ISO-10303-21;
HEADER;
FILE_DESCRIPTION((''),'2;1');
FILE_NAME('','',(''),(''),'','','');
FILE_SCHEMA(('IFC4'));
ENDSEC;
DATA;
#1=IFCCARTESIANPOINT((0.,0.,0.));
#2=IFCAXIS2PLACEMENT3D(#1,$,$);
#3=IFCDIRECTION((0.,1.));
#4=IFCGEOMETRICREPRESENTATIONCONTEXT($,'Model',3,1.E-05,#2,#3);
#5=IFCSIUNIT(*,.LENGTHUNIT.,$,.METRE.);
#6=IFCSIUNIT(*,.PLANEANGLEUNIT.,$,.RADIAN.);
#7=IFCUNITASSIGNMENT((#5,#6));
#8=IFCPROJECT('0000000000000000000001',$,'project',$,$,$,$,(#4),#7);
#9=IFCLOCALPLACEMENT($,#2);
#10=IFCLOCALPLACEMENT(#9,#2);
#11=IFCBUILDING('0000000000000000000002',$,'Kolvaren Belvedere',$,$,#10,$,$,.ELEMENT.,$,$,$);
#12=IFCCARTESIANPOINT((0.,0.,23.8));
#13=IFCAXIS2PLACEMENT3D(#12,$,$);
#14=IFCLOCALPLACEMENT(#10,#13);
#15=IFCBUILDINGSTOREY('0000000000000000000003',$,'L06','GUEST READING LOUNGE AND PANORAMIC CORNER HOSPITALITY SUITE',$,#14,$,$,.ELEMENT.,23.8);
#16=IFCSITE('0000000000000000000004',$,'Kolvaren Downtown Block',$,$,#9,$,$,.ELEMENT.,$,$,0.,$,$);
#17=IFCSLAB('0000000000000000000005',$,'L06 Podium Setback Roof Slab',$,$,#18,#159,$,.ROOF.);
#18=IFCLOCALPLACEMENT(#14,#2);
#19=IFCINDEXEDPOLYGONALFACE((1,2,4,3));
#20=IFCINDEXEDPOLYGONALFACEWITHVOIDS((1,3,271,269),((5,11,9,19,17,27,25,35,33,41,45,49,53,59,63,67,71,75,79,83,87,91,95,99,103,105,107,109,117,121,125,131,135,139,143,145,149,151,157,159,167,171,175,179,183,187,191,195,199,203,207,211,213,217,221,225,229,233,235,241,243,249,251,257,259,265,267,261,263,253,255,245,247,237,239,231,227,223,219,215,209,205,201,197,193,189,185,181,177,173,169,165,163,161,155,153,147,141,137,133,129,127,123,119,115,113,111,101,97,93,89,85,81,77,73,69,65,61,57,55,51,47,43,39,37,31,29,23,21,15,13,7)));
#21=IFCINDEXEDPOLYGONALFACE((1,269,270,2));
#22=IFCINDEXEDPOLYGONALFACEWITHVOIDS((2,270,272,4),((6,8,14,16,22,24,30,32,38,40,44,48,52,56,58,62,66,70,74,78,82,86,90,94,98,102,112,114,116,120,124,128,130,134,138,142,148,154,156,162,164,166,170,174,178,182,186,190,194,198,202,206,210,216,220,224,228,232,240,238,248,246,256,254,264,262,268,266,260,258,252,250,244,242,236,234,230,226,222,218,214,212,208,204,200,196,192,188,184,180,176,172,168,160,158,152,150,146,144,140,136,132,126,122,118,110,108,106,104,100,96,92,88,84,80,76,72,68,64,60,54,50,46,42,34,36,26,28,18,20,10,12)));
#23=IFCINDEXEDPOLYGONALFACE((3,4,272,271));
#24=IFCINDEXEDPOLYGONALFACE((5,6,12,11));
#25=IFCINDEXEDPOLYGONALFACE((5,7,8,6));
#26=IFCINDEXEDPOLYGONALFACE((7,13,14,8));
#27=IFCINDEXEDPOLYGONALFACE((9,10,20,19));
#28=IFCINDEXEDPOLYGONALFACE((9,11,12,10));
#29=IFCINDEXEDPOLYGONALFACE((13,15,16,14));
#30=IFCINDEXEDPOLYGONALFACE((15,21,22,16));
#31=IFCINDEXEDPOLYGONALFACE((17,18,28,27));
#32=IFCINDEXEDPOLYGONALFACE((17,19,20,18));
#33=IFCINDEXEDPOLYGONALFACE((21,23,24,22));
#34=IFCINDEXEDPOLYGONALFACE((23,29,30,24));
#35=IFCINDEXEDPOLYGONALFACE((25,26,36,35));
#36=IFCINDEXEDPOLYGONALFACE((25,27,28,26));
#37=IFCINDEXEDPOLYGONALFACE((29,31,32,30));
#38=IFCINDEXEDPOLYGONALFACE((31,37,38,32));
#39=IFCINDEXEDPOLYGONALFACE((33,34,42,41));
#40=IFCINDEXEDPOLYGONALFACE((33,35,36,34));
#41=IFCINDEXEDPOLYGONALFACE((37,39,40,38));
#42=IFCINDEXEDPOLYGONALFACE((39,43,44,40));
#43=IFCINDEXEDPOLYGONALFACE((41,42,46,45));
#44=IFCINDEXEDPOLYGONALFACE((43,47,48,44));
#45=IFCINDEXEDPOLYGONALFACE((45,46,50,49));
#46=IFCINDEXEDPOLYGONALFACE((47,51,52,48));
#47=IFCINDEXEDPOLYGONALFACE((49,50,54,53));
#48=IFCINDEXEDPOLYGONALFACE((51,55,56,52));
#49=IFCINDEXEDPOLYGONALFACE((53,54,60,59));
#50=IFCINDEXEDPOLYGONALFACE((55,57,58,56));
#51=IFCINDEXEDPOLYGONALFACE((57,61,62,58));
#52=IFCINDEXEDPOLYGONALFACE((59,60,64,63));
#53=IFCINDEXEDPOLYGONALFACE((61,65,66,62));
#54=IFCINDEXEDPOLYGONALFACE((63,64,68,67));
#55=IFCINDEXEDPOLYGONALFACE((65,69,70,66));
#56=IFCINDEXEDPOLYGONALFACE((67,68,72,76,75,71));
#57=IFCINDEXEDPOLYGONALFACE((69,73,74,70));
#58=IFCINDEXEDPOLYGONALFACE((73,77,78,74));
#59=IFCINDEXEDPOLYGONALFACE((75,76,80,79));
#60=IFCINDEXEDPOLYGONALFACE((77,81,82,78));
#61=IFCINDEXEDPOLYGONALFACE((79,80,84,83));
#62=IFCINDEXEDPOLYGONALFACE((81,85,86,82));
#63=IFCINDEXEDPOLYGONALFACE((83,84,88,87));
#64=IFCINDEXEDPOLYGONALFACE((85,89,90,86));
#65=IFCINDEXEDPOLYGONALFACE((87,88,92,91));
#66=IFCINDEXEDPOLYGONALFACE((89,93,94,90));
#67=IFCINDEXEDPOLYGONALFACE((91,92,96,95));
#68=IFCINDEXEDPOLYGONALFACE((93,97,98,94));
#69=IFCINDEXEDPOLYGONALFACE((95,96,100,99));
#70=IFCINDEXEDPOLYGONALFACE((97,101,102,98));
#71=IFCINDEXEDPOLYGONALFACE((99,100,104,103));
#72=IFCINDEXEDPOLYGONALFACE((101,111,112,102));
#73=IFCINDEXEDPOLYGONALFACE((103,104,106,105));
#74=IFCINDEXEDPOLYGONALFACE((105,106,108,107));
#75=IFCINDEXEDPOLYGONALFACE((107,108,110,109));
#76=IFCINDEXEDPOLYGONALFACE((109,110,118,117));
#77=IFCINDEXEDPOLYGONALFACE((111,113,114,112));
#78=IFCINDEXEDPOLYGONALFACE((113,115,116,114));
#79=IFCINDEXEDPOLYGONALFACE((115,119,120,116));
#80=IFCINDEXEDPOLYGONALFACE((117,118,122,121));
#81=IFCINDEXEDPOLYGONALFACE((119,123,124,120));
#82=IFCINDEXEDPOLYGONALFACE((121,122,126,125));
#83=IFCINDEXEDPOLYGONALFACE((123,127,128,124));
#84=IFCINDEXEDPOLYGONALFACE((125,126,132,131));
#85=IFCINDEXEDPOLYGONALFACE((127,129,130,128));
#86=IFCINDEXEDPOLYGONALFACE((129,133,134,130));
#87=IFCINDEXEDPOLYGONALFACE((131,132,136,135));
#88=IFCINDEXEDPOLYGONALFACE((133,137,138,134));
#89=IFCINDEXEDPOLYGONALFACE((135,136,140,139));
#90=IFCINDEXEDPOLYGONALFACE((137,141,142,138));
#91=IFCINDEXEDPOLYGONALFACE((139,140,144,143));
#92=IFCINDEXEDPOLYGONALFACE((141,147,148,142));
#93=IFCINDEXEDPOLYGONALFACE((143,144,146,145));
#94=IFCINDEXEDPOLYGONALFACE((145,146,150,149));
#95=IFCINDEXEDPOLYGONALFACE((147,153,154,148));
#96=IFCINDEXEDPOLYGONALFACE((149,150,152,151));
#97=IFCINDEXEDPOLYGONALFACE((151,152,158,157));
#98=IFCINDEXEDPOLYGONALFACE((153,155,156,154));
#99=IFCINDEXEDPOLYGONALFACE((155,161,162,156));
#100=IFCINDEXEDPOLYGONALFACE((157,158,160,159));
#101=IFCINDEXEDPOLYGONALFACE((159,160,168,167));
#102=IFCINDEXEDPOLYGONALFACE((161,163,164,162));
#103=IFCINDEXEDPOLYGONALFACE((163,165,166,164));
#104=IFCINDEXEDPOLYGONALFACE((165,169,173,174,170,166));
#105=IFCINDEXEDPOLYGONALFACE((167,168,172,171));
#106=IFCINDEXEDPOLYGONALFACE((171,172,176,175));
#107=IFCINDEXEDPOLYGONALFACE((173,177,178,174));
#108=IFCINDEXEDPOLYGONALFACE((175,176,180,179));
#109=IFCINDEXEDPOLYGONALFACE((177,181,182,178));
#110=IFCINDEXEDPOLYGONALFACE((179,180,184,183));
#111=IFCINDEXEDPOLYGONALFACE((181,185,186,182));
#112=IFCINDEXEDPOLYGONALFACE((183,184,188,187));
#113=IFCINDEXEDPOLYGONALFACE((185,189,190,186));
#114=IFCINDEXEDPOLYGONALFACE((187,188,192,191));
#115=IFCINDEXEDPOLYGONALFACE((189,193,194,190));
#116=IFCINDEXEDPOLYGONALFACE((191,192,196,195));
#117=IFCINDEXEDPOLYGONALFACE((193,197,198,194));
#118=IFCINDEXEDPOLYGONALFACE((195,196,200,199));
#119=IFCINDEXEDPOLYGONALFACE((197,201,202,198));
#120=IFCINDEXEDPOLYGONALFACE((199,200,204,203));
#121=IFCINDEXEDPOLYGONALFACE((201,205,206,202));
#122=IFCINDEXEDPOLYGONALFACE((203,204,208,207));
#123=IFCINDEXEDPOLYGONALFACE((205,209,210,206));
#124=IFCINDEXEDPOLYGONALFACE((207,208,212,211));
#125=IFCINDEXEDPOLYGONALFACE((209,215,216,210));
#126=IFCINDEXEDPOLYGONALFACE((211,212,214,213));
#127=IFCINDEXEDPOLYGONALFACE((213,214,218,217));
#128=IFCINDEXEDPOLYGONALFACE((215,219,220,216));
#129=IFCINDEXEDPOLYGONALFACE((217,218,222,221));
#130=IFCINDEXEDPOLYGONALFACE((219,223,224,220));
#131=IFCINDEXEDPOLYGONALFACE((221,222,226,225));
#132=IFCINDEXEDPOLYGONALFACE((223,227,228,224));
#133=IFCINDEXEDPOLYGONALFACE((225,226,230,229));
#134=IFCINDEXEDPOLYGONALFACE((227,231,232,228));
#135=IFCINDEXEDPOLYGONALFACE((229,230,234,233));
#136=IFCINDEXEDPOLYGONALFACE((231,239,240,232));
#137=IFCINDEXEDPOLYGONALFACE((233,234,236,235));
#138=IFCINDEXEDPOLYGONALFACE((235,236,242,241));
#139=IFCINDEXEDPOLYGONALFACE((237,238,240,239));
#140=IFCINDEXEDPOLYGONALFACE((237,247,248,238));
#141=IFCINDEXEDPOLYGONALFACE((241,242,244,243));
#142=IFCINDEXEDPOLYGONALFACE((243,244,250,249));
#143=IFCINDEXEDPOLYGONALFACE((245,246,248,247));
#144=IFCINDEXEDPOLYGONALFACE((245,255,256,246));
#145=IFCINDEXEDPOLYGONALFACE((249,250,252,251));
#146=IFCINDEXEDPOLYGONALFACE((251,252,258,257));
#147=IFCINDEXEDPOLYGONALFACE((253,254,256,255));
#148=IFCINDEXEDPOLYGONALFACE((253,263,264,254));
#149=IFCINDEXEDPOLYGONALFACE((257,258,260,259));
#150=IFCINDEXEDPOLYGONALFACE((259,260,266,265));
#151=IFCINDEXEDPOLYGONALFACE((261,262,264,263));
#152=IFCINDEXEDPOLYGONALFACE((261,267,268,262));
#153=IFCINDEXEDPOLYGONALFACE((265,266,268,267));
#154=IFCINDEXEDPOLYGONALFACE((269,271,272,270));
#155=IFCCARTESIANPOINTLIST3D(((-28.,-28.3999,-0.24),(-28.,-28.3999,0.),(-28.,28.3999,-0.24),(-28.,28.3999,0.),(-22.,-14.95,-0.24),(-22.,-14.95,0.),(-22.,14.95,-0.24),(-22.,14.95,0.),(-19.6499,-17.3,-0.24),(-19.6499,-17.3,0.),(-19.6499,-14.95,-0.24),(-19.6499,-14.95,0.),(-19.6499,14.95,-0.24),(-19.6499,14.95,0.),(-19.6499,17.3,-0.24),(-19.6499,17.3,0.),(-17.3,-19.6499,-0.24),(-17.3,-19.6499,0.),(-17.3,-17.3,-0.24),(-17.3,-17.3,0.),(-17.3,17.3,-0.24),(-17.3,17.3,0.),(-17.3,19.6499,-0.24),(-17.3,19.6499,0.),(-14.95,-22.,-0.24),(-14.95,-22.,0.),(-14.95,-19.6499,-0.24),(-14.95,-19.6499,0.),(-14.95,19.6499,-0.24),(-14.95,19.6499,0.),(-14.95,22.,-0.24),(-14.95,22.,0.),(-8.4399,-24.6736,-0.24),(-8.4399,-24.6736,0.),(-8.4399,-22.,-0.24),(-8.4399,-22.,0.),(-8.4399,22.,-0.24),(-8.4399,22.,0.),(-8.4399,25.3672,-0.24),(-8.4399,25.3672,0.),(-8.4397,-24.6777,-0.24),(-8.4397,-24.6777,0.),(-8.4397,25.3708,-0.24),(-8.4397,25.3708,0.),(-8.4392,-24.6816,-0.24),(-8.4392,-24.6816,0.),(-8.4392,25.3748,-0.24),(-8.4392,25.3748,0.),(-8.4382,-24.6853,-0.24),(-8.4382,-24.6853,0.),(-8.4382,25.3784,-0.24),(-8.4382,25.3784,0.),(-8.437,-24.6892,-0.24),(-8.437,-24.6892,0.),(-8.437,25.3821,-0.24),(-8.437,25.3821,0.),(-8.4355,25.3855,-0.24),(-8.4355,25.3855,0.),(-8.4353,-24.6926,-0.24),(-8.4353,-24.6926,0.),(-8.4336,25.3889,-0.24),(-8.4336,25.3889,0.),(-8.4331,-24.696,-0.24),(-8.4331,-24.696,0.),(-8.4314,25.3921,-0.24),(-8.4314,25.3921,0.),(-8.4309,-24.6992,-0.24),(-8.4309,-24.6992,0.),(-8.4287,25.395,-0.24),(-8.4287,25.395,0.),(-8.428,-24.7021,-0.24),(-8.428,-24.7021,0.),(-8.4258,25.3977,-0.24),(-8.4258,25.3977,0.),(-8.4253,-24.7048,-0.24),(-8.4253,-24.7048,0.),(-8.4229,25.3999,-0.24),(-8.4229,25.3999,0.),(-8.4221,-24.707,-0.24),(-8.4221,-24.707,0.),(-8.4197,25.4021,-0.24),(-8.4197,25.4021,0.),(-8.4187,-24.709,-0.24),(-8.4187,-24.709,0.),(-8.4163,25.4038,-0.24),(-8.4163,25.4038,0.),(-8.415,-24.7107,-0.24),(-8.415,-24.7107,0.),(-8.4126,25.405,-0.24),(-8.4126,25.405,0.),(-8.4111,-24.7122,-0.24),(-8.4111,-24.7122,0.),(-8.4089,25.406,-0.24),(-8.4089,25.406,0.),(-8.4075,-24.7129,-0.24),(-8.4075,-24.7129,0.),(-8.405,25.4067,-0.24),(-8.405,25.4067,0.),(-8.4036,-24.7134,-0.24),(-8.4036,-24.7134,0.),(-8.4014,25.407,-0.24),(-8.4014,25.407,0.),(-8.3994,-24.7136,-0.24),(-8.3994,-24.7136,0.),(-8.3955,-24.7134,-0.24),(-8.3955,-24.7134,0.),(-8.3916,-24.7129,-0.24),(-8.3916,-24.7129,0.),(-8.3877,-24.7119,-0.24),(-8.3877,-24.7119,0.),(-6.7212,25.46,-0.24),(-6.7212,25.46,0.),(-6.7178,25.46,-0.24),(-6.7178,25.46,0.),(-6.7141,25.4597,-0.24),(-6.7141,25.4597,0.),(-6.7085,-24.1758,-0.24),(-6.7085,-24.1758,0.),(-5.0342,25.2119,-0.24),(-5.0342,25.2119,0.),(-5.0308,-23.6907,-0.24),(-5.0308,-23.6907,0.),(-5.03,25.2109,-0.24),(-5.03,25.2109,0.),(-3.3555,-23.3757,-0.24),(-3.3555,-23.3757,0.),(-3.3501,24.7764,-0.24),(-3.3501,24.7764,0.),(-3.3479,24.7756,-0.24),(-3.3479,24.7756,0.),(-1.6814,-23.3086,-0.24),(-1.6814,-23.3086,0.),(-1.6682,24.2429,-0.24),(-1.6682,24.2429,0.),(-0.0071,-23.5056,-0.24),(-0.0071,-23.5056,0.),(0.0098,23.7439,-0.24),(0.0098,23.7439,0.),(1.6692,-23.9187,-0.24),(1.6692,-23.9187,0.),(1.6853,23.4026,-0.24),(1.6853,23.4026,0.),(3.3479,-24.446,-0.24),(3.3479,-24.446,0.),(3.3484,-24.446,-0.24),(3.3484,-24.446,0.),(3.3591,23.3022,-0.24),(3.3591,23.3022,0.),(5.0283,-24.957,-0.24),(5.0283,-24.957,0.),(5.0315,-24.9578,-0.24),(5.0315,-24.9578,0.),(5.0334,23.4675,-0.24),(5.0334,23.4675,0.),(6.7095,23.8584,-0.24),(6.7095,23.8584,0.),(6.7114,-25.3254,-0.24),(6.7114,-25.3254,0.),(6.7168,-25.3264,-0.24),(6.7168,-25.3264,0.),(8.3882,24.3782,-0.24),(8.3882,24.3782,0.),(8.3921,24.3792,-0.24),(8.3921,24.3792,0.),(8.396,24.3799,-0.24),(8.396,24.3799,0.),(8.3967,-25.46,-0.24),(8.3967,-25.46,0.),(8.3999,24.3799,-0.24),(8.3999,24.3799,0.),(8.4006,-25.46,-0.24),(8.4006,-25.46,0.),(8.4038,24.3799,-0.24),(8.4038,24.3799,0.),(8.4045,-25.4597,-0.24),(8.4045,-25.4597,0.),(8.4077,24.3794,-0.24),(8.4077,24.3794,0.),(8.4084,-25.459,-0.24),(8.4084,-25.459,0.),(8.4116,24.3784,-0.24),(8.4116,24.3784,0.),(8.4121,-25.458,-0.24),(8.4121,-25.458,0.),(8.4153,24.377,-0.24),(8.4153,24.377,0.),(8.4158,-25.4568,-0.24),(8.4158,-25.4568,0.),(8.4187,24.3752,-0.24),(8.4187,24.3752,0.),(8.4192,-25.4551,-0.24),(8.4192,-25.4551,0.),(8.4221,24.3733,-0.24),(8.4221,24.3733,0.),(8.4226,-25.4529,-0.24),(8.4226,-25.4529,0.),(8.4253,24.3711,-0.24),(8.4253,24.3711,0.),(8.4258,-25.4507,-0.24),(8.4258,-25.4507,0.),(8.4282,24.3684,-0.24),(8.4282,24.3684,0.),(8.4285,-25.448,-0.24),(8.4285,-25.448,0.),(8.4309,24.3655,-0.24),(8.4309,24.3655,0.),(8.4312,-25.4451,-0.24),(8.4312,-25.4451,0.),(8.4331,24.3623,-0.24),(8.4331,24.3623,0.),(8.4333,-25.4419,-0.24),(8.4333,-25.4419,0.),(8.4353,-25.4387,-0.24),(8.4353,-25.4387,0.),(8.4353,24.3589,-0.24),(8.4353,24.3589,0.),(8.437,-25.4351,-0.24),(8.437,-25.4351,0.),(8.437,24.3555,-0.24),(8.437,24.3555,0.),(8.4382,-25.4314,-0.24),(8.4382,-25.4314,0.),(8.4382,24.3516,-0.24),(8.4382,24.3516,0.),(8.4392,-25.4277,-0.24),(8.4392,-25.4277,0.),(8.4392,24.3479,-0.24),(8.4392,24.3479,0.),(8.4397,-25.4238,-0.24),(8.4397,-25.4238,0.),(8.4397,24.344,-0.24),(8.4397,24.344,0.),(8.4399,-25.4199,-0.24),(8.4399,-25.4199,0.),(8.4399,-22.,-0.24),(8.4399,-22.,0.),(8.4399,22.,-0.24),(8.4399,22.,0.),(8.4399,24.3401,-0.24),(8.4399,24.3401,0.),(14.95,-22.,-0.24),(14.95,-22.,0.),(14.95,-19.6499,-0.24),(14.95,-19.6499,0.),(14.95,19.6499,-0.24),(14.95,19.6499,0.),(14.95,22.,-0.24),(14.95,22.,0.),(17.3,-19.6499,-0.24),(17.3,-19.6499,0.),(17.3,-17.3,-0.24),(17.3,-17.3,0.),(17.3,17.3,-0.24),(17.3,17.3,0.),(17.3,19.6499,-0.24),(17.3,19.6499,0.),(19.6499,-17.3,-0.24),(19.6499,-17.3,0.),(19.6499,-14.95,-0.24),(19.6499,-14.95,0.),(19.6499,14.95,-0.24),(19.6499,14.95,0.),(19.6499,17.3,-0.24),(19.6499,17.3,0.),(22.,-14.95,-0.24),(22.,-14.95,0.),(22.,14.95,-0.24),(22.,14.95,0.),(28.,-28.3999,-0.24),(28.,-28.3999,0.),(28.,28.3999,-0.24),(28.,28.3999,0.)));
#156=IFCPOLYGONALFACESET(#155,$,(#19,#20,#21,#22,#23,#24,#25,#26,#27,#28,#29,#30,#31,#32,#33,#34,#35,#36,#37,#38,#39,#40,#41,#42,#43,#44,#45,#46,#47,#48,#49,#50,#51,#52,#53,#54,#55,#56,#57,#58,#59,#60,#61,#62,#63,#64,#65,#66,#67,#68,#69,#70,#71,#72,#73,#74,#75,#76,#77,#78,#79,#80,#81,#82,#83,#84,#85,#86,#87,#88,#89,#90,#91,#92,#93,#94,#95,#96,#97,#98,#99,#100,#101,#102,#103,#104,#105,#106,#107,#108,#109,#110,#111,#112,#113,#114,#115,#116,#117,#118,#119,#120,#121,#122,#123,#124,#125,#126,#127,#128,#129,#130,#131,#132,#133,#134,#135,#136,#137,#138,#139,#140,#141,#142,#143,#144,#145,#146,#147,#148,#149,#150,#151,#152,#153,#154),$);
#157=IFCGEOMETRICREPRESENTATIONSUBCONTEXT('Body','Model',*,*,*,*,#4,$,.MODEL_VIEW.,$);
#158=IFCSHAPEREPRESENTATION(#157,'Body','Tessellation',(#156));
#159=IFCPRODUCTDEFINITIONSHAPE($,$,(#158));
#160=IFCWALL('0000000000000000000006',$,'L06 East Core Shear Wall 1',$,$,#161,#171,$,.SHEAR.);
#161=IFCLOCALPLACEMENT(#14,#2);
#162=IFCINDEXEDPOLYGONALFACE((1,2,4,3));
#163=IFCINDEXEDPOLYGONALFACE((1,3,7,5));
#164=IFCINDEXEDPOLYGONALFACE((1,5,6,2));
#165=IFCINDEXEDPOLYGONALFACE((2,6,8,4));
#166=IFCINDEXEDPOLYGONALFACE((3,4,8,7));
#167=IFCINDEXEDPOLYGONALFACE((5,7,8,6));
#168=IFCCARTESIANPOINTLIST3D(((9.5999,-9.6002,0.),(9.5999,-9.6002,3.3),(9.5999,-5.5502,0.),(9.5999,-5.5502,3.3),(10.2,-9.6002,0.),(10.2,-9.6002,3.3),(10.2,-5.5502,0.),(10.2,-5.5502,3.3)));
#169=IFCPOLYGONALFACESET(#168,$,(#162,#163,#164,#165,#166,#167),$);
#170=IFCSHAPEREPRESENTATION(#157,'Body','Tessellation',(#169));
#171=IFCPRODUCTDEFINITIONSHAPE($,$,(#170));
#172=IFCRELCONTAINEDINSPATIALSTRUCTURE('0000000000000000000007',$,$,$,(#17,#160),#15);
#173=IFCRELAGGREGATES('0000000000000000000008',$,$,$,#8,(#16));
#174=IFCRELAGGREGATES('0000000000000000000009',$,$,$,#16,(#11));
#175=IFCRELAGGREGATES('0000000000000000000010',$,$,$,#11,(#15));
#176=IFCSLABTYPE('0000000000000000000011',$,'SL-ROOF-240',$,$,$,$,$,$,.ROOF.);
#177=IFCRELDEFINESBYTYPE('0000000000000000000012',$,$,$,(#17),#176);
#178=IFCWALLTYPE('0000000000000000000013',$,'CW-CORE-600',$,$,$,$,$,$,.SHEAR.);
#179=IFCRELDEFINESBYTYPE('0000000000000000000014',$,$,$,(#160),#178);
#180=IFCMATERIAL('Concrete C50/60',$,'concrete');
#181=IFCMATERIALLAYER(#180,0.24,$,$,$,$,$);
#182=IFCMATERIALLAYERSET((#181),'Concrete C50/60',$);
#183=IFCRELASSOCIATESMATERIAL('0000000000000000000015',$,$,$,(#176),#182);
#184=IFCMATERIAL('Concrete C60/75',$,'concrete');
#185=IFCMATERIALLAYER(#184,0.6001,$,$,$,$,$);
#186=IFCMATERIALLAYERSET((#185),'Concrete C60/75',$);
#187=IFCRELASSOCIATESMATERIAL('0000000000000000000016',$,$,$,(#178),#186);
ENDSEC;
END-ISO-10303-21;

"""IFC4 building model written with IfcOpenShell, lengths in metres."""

from ifc_helpers import new_model, si_unit, direction, frame, frame_2d, origin, place, context, subcontext, project, spatial, polyline, rectangle, outline, extrude, material, layer, layer_set, type_object, element, save


model = new_model("IFC4")

# Units and contexts
model_context = context("Model", 3, precision=1e-05, world=origin(), true_north=direction((0.0, 1.0)))
body_context = subcontext(model_context, "Body", "Model", "MODEL_VIEW")
ifc_project = project(units=[si_unit("LENGTHUNIT", "METRE"), si_unit("PLANEANGLEUNIT", "RADIAN")], contexts=[model_context])

# Site, building, storey
site_placement = place(None, origin())
site = spatial("IfcSite", under=ifc_project, at=site_placement, Name="Kolvaren Downtown Block", CompositionType="ELEMENT", RefElevation=0.0)
building_placement = place(site_placement, origin())
building = spatial("IfcBuilding", under=site, at=building_placement, Name="Kolvaren Belvedere", CompositionType="ELEMENT")
storey_placement = place(building_placement, frame((0.0, 0.0, 23.8)))
storey = spatial("IfcBuildingStorey", under=building, at=storey_placement, Name="L06", Description="GUEST READING LOUNGE AND PANORAMIC CORNER HOSPITALITY SUITE", CompositionType="ELEMENT", Elevation=23.8)

# Slab
ifc_material_1 = material(Name="Concrete C50/60", Category="concrete")
ifc_layer_1 = layer(ifc_material_1, 0.24)
ifc_layer_set_1 = layer_set([ifc_layer_1], Name="Concrete C50/60")
slab_type_1 = type_object("IfcSlabType", Name="SL-ROOF-240", PredefinedType="ROOF", material=ifc_layer_set_1)
slab_1_placement = place(storey_placement, frame((0.0, 0.0, -0.24)))
element("IfcSlab", 1, at=slab_1_placement, inside=storey, type_object=slab_type_1, Name="L06 Podium Setback Roof Slab", PredefinedType="ROOF", context=body_context, shape_type="SweptSolid", body=[
    extrude(outline(polyline([(-28.0, -28.3999), (28.0, -28.3999), (28.0, 28.3999), (-28.0, 28.3999), (-28.0, -28.3999)]), holes=[polyline([(-8.4399, -22.0), (-14.95, -22.0), (-14.95, -19.6499), (-17.3, -19.6499), (-17.3, -17.3), (-19.6499, -17.3), (-19.6499, -14.95), (-22.0, -14.95), (-22.0, 14.95), (-19.6499, 14.95), (-19.6499, 17.3), (-17.3, 17.3), (-17.3, 19.6499), (-14.95, 19.6499), (-14.95, 22.0), (-8.4399, 22.0), (-8.4399, 25.3672), (-8.4397, 25.3708), (-8.4392, 25.3748), (-8.4382, 25.3784), (-8.437, 25.3821), (-8.4355, 25.3855), (-8.4336, 25.3889), (-8.4314, 25.3921), (-8.4287, 25.395), (-8.4258, 25.3977), (-8.4229, 25.3999), (-8.4197, 25.4021), (-8.4163, 25.4038), (-8.4126, 25.405), (-8.4089, 25.406), (-8.405, 25.4067), (-8.4014, 25.407), (-6.7212, 25.46), (-6.7178, 25.46), (-6.7141, 25.4597), (-5.0342, 25.2119), (-5.03, 25.2109), (-3.3501, 24.7764), (-3.3479, 24.7756), (-1.6682, 24.2429), (0.0098, 23.7439), (1.6853, 23.4026), (3.3591, 23.3022), (5.0334, 23.4675), (6.7095, 23.8584), (8.3882, 24.3782), (8.3921, 24.3792), (8.396, 24.3799), (8.3999, 24.3799), (8.4038, 24.3799), (8.4077, 24.3794), (8.4116, 24.3784), (8.4153, 24.377), (8.4187, 24.3752), (8.4221, 24.3733), (8.4253, 24.3711), (8.4282, 24.3684), (8.4309, 24.3655), (8.4331, 24.3623), (8.4353, 24.3589), (8.437, 24.3555), (8.4382, 24.3516), (8.4392, 24.3479), (8.4397, 24.344), (8.4399, 24.3401), (8.4399, 22.0), (14.95, 22.0), (14.95, 19.6499), (17.3, 19.6499), (17.3, 17.3), (19.6499, 17.3), (19.6499, 14.95), (22.0, 14.95), (22.0, -14.95), (19.6499, -14.95), (19.6499, -17.3), (17.3, -17.3), (17.3, -19.6499), (14.95, -19.6499), (14.95, -22.0), (8.4399, -22.0), (8.4399, -25.4199), (8.4397, -25.4238), (8.4392, -25.4277), (8.4382, -25.4314), (8.437, -25.4351), (8.4353, -25.4387), (8.4333, -25.4419), (8.4312, -25.4451), (8.4285, -25.448), (8.4258, -25.4507), (8.4226, -25.4529), (8.4192, -25.4551), (8.4158, -25.4568), (8.4121, -25.458), (8.4084, -25.459), (8.4045, -25.4597), (8.4006, -25.46), (8.3967, -25.46), (6.7168, -25.3264), (6.7114, -25.3254), (5.0315, -24.9578), (5.0283, -24.957), (3.3484, -24.446), (3.3479, -24.446), (1.6692, -23.9187), (-0.0071, -23.5056), (-1.6814, -23.3086), (-3.3555, -23.3757), (-5.0308, -23.6907), (-6.7085, -24.1758), (-8.3877, -24.7119), (-8.3916, -24.7129), (-8.3955, -24.7134), (-8.3994, -24.7136), (-8.4036, -24.7134), (-8.4075, -24.7129), (-8.4111, -24.7122), (-8.415, -24.7107), (-8.4187, -24.709), (-8.4221, -24.707), (-8.4253, -24.7048), (-8.428, -24.7021), (-8.4309, -24.6992), (-8.4331, -24.696), (-8.4353, -24.6926), (-8.437, -24.6892), (-8.4382, -24.6853), (-8.4392, -24.6816), (-8.4397, -24.6777), (-8.4399, -24.6736), (-8.4399, -22.0)])]), origin(), (0.0, 0.0, 1.0), 0.24),
])

# Wall
ifc_material_2 = material(Name="Concrete C60/75", Category="concrete")
ifc_layer_2 = layer(ifc_material_2, 0.6001)
ifc_layer_set_2 = layer_set([ifc_layer_2], Name="Concrete C60/75")
wall_type_1 = type_object("IfcWallType", Name="CW-CORE-600", PredefinedType="SHEAR", material=ifc_layer_set_2)
wall_1_placement = place(storey_placement, frame((9.8999, -9.6001, 0.0), z_axis=(0.0, 0.0, 1.0), x_axis=(0.0, 1.0, 0.0)))
element("IfcWall", 2, at=wall_1_placement, inside=storey, type_object=wall_type_1, Name="L06 East Core Shear Wall 1", PredefinedType="SHEAR", context=body_context, shape_type="SweptSolid", body=[
    extrude(rectangle(XDim=4.05, YDim=0.6001, at=frame_2d((2.0249, 0.0))), origin(), (0.0, 0.0, 1.0), 3.3),
])

save(model, "model.ifc")
